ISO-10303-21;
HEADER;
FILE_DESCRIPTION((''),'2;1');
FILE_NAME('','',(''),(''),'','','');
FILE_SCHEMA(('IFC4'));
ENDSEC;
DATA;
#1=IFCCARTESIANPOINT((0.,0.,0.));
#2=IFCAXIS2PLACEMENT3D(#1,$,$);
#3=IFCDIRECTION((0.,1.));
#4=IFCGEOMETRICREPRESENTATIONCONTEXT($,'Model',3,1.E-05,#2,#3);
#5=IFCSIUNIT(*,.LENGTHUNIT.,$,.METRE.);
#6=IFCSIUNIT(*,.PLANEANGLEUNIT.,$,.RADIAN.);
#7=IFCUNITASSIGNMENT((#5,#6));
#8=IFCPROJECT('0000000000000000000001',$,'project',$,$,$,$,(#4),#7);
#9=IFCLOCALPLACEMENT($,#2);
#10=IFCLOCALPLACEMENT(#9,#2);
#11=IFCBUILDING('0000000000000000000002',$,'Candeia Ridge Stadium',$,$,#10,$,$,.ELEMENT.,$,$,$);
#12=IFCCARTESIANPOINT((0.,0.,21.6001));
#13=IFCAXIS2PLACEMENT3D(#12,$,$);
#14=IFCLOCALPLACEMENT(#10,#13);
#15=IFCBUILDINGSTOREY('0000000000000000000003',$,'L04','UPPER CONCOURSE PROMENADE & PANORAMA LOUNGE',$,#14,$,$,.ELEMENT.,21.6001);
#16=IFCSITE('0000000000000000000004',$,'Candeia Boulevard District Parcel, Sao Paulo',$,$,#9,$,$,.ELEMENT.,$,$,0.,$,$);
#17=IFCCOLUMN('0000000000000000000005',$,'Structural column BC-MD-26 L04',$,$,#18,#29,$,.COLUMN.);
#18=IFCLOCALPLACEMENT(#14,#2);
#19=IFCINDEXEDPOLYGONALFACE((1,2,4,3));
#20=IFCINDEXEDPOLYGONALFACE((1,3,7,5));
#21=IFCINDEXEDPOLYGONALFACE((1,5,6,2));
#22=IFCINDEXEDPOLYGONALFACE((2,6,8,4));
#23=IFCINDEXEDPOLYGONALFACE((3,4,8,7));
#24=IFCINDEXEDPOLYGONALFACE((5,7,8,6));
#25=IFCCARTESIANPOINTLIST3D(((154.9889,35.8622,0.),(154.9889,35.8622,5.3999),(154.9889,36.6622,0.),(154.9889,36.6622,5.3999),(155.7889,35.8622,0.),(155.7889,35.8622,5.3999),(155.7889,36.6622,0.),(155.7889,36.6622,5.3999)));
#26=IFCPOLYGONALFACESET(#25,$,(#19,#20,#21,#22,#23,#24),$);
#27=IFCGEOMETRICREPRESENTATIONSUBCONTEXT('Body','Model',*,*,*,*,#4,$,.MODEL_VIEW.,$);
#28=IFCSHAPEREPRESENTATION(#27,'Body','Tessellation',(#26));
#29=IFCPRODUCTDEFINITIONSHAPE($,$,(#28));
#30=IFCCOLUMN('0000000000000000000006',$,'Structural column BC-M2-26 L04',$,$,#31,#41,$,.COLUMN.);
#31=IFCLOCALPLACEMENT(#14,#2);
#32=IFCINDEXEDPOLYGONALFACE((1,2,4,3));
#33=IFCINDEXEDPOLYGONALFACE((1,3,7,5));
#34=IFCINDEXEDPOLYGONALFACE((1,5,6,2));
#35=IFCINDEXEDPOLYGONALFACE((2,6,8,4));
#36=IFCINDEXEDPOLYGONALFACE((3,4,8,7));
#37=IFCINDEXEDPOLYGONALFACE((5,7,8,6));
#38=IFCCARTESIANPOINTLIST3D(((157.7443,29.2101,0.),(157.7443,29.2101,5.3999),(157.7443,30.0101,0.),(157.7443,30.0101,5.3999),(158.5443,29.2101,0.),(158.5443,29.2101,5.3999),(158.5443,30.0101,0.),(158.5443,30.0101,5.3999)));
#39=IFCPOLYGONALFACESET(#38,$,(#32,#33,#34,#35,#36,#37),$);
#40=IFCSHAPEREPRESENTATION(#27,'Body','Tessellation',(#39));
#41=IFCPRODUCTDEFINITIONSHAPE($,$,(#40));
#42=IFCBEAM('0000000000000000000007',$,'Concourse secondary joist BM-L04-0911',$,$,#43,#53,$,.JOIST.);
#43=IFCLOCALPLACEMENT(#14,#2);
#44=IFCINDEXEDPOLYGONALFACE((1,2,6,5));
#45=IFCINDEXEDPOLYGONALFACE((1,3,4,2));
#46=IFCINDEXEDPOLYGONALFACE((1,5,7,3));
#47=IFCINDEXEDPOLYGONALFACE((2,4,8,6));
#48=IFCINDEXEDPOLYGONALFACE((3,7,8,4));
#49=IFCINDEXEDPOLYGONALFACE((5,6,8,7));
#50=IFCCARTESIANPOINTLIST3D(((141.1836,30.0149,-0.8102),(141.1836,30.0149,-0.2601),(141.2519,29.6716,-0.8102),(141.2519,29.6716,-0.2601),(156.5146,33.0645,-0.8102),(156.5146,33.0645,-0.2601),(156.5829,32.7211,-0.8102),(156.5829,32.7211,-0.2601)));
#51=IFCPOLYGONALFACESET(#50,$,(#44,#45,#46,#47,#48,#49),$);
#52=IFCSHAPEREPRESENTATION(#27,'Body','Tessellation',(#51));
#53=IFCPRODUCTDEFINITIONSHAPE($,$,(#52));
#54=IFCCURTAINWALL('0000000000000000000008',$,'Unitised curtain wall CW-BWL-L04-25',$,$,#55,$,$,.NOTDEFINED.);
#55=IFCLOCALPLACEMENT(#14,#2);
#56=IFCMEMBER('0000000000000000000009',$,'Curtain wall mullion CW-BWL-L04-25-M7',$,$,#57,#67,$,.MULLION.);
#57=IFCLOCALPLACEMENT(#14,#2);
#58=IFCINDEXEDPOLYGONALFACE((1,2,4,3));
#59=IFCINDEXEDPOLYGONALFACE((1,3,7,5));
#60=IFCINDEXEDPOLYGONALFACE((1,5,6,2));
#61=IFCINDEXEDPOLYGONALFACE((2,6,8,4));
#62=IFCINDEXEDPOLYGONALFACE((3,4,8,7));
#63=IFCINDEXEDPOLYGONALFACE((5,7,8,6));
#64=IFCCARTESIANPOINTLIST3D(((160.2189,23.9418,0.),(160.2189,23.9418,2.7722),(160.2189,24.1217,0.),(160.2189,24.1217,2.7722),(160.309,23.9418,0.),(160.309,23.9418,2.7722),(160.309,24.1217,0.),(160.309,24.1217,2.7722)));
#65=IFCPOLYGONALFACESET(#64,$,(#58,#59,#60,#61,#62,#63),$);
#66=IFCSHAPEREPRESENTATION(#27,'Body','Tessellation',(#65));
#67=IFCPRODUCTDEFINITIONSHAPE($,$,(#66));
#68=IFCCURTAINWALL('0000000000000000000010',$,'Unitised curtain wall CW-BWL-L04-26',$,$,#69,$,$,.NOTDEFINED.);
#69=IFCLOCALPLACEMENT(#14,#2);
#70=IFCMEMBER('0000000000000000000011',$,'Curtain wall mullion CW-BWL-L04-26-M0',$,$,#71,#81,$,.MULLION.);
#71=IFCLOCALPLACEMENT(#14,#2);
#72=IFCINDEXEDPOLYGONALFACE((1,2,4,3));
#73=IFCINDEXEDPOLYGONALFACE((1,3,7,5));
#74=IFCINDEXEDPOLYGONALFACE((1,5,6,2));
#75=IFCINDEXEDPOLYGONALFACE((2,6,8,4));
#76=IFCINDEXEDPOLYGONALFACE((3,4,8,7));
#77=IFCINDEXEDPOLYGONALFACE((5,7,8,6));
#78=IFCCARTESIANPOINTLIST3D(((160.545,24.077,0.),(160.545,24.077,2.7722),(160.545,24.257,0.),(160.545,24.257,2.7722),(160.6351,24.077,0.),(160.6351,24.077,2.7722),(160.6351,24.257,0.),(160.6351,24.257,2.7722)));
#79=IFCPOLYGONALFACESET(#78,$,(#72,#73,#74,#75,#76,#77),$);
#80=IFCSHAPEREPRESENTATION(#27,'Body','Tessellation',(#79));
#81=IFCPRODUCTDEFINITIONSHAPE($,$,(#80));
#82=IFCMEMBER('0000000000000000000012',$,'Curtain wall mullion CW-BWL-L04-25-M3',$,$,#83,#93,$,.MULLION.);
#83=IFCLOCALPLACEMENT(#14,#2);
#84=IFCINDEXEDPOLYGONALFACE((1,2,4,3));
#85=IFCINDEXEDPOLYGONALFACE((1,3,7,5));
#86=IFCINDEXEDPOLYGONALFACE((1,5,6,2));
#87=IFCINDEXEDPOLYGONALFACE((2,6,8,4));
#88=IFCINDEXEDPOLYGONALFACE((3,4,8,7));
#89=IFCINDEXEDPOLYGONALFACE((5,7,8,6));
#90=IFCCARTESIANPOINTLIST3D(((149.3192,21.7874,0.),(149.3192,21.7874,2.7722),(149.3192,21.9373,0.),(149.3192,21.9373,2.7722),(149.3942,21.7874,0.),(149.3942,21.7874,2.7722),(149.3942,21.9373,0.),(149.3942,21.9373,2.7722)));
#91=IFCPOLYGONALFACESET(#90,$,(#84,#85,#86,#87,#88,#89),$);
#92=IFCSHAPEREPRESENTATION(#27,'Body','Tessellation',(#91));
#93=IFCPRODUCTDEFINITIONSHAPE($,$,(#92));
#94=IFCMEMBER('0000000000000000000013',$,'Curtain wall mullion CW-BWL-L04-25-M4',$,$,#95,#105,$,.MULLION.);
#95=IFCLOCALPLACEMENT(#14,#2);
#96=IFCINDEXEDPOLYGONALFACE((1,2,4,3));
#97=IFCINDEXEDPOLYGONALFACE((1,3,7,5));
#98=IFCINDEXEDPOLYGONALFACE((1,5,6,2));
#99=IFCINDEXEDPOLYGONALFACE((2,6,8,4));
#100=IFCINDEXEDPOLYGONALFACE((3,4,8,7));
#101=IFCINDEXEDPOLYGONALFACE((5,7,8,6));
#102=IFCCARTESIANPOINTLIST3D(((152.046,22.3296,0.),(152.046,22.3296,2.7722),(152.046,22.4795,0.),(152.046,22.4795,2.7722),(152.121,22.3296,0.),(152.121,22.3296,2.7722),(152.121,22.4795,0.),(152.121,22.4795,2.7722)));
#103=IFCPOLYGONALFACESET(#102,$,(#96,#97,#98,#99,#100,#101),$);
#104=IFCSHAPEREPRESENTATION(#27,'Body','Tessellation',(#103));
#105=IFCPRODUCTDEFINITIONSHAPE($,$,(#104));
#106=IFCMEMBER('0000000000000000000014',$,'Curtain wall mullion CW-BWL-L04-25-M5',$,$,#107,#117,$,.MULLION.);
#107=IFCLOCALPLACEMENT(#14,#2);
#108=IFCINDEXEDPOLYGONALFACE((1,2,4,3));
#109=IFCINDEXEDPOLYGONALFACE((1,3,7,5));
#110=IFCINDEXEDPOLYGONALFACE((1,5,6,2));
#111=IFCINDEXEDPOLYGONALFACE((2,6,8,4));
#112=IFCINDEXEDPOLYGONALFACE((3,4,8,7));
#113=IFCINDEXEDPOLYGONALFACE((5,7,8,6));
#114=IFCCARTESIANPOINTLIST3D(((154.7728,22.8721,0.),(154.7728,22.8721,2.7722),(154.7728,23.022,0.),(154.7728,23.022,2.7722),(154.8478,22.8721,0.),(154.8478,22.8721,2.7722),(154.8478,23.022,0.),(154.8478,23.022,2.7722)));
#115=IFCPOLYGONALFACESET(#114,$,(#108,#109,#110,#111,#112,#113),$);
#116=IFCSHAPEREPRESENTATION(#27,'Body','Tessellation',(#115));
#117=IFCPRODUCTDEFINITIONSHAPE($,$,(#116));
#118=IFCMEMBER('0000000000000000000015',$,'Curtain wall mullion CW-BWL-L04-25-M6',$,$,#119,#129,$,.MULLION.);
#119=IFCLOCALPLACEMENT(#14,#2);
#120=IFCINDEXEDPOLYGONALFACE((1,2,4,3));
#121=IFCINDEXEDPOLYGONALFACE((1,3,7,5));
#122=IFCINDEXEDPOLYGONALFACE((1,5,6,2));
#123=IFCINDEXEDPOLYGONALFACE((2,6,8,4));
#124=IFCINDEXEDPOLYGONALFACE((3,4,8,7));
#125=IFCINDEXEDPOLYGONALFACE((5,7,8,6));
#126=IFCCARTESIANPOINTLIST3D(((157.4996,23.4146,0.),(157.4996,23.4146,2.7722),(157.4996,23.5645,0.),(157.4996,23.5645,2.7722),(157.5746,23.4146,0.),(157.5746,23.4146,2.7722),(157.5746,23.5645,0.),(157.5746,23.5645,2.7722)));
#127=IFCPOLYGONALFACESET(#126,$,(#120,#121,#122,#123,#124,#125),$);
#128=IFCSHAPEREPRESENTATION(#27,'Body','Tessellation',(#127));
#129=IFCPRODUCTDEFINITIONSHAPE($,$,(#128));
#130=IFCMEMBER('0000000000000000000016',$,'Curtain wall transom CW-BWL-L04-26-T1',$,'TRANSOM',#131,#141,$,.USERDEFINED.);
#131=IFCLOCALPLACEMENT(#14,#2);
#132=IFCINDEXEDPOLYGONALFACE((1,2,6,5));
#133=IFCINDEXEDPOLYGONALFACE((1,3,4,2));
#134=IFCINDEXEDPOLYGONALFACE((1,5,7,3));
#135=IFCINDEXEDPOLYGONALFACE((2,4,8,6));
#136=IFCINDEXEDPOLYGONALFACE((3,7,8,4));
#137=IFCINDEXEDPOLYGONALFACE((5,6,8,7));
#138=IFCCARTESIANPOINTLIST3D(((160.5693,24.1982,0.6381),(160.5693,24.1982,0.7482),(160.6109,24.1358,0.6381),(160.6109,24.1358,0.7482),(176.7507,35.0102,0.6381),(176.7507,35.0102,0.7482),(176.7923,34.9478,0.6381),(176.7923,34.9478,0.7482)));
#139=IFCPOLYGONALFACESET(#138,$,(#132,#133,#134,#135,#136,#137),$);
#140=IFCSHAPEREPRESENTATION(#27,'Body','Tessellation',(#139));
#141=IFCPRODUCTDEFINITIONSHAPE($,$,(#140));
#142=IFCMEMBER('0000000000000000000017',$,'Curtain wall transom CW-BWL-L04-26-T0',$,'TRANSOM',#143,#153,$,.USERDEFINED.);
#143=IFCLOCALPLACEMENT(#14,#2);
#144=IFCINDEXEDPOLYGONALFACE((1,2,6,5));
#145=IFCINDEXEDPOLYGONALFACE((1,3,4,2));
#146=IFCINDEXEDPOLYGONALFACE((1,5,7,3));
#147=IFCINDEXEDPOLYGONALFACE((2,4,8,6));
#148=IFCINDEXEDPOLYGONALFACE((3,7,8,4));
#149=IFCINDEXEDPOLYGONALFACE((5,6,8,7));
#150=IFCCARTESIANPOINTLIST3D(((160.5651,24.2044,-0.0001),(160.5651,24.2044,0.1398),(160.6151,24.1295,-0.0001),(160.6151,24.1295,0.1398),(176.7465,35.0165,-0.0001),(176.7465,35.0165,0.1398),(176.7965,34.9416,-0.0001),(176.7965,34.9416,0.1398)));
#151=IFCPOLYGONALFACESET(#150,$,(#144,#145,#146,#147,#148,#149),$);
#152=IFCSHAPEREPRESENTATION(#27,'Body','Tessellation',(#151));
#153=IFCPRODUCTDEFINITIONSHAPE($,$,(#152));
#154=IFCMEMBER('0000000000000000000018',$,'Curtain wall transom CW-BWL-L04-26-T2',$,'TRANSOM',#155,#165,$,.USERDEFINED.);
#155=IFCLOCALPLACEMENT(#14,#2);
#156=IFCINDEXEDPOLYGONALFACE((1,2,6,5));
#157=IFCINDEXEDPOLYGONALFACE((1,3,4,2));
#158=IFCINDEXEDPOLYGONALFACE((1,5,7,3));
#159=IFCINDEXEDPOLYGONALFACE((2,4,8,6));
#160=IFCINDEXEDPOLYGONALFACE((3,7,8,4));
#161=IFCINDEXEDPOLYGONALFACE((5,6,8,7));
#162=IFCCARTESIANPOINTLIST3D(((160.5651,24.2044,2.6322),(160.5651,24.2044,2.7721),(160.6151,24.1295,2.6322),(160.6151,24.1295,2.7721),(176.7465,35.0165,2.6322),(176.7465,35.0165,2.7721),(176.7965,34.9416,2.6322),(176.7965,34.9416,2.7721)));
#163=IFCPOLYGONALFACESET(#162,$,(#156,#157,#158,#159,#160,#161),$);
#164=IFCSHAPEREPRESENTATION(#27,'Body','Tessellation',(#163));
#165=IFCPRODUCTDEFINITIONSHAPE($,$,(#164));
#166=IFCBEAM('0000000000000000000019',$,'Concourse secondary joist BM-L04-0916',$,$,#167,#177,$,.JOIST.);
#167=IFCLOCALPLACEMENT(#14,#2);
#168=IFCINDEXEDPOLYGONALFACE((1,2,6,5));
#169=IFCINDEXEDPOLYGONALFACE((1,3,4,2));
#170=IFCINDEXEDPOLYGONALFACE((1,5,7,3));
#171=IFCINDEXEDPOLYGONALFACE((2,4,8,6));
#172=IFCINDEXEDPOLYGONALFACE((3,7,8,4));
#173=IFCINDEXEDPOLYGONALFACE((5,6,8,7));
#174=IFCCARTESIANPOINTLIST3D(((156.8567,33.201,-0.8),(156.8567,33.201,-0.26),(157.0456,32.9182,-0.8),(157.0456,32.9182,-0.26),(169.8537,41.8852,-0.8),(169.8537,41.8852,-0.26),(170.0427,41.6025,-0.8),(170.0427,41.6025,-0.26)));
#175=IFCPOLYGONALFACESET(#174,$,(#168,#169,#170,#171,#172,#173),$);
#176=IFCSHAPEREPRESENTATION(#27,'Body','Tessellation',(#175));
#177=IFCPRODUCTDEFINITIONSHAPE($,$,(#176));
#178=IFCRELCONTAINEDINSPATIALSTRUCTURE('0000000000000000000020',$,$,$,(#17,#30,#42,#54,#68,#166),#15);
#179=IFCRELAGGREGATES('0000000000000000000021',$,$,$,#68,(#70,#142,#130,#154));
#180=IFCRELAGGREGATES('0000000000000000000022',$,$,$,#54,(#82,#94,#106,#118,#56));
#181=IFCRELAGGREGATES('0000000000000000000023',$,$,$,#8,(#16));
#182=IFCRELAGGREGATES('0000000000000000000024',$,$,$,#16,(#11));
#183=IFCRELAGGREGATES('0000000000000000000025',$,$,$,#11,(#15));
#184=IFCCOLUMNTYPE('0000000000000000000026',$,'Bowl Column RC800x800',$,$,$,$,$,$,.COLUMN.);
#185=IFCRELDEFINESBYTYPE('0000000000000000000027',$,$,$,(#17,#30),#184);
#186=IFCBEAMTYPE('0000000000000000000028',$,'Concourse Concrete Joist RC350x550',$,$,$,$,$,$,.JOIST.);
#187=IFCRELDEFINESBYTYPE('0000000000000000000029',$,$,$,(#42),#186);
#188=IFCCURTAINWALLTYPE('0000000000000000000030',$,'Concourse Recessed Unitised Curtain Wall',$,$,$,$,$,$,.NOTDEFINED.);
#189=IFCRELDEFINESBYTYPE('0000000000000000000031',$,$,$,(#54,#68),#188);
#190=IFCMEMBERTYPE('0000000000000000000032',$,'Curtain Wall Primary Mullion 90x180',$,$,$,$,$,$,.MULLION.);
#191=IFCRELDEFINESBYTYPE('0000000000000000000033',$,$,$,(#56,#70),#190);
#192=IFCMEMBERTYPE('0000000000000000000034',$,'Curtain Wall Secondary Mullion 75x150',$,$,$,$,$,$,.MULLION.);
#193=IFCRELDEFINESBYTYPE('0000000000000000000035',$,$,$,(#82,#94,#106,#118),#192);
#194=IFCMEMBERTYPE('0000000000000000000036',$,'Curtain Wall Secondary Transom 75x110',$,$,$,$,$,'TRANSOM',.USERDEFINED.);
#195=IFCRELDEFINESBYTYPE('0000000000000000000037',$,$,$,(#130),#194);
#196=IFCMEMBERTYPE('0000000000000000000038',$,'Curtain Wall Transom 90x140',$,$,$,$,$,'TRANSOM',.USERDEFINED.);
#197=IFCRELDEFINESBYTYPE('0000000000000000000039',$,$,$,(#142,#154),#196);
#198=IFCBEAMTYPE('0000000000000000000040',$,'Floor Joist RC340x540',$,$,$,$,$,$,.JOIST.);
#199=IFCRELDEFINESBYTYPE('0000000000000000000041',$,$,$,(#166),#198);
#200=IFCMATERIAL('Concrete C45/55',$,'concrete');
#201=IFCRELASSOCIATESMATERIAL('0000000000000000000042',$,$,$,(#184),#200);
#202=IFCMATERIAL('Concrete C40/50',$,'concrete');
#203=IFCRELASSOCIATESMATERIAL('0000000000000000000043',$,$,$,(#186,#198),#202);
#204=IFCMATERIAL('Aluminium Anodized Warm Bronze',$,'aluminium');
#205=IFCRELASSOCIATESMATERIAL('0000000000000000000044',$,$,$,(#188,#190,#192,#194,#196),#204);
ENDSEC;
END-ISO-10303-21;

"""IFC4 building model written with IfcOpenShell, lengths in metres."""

from ifc_helpers import new_model, si_unit, direction, frame, origin, origin_2d, place, context, subcontext, project, spatial, rectangle, extrude, material, material_profile, profile_set, type_object, element, aggregate, save


model = new_model("IFC4")

# Units and contexts
model_context = context("Model", 3, precision=1e-05, world=origin(), true_north=direction((0.0, 1.0)))
body_context = subcontext(model_context, "Body", "Model", "MODEL_VIEW")
ifc_project = project(units=[si_unit("LENGTHUNIT", "METRE"), si_unit("PLANEANGLEUNIT", "RADIAN")], contexts=[model_context])

# Site, building, storey
site_placement = place(None, origin())
site = spatial("IfcSite", under=ifc_project, at=site_placement, Name="Candeia Boulevard District Parcel, Sao Paulo", CompositionType="ELEMENT", RefElevation=0.0)
building_placement = place(site_placement, origin())
building = spatial("IfcBuilding", under=site, at=building_placement, Name="Candeia Ridge Stadium", CompositionType="ELEMENT")
storey_placement = place(building_placement, frame((0.0, 0.0, 21.6001)))
storey = spatial("IfcBuildingStorey", under=building, at=storey_placement, Name="L04", Description="UPPER CONCOURSE PROMENADE & PANORAMA LOUNGE", CompositionType="ELEMENT", Elevation=21.6001)

# Columns
ifc_material_1 = material(Name="Concrete C45/55", Category="concrete")
ifc_material_profile_1 = material_profile(ifc_material_1, rectangle(XDim=0.8, YDim=0.8, at=origin_2d()), Name="RC800x800", Category="concrete")
ifc_profile_set_1 = profile_set([ifc_material_profile_1], Name="Concrete C45/55")
column_type = type_object("IfcColumnType", Name="Bowl Column RC800x800", PredefinedType="COLUMN", material=ifc_profile_set_1)
for number, where, z_axis, x_axis, name in (
    (1, (155.3889, 36.2622, 0.0), (0.0, 0.0, 1.0), (1.0, 0.0, 0.0), "Structural column BC-MD-26 L04"),
    (2, (158.1443, 29.6101, 0.0), (0.0, 0.0, 1.0), (1.0, 0.0, 0.0), "Structural column BC-M2-26 L04"),
):
    element("IfcColumn", number, at=place(storey_placement, frame(where, z_axis=z_axis, x_axis=x_axis)), inside=storey, type_object=column_type, Name=name, PredefinedType="COLUMN", context=body_context, shape_type="SweptSolid", body=[
        extrude(rectangle(XDim=0.8, YDim=0.8, at=origin_2d()), origin(), (0.0, 0.0, 1.0), 5.3999),
    ])

# Beam
ifc_material_2 = material(Name="Concrete C40/50", Category="concrete")
ifc_material_profile_2 = material_profile(ifc_material_2, rectangle(XDim=0.3501, YDim=0.55, at=origin_2d()), Name="RC350x550", Category="concrete")
ifc_profile_set_2 = profile_set([ifc_material_profile_2], Name="Concrete C40/50")
beam_type_1 = type_object("IfcBeamType", Name="Concourse Concrete Joist RC350x550", PredefinedType="JOIST", material=ifc_profile_set_2)
beam_1_placement = place(storey_placement, frame((141.2178, 29.8433, -0.5352), z_axis=(0.980785, 0.195092, 0.0), x_axis=(-0.195092, 0.980785, 0.0)))
element("IfcBeam", 3, at=beam_1_placement, inside=storey, type_object=beam_type_1, Name="Concourse secondary joist BM-L04-0911", PredefinedType="JOIST", context=body_context, shape_type="SweptSolid", body=[
    extrude(rectangle(XDim=0.3501, YDim=0.55, at=origin_2d()), origin(), (0.0, 0.0, 1.0), 15.6313),
])

# Curtain walls, members
ifc_material_3 = material(Name="Aluminium Anodized Warm Bronze", Category="aluminium")
curtain_wall_type = type_object("IfcCurtainWallType", Name="Concourse Recessed Unitised Curtain Wall", PredefinedType="NOTDEFINED", material=ifc_material_3)
curtain_wall_1_placement = place(storey_placement, origin())
curtain_wall_1 = element("IfcCurtainWall", 4, at=curtain_wall_1_placement, inside=storey, type_object=curtain_wall_type, Name="Unitised curtain wall CW-BWL-L04-25", PredefinedType="NOTDEFINED")
ifc_material_profile_3 = material_profile(ifc_material_3, rectangle(XDim=0.0901, YDim=0.1799, at=origin_2d()), Name="CWM-90x180", Category="aluminium")
ifc_profile_set_3 = profile_set([ifc_material_profile_3], Name="Aluminium Anodized Warm Bronze")
member_type_1 = type_object("IfcMemberType", Name="Curtain Wall Primary Mullion 90x180", PredefinedType="MULLION", material=ifc_profile_set_3)
member_1_placement = place(storey_placement, frame((160.2639, 24.0317, 0.0), z_axis=(0.0, 0.0, 1.0), x_axis=(1.0, 0.0, 0.0)))
member_1 = element("IfcMember", 5, at=member_1_placement, type_object=member_type_1, Name="Curtain wall mullion CW-BWL-L04-25-M7", PredefinedType="MULLION", context=body_context, shape_type="SweptSolid", body=[
    extrude(rectangle(XDim=0.0901, YDim=0.1799, at=origin_2d()), origin(), (0.0, 0.0, 1.0), 2.7722),
])
curtain_wall_2_placement = place(storey_placement, origin())
curtain_wall_2 = element("IfcCurtainWall", 6, at=curtain_wall_2_placement, inside=storey, type_object=curtain_wall_type, Name="Unitised curtain wall CW-BWL-L04-26", PredefinedType="NOTDEFINED")
member_2_placement = place(storey_placement, frame((160.5901, 24.167, 0.0), z_axis=(0.0, 0.0, 1.0), x_axis=(1.0, 0.0, 0.0)))
member_2 = element("IfcMember", 7, at=member_2_placement, type_object=member_type_1, Name="Curtain wall mullion CW-BWL-L04-26-M0", PredefinedType="MULLION", context=body_context, shape_type="SweptSolid", body=[
    extrude(rectangle(XDim=0.0901, YDim=0.1799, at=origin_2d()), origin(), (0.0, 0.0, 1.0), 2.7722),
])

# Members
ifc_material_profile_4 = material_profile(ifc_material_3, rectangle(XDim=0.075, YDim=0.1499, at=origin_2d()), Name="CWM-75x150", Category="aluminium")
ifc_profile_set_4 = profile_set([ifc_material_profile_4], Name="Aluminium Anodized Warm Bronze")
member_type_2 = type_object("IfcMemberType", Name="Curtain Wall Secondary Mullion 75x150", PredefinedType="MULLION", material=ifc_profile_set_4)
member_3_placement = place(storey_placement, frame((149.3567, 21.8623, 0.0), z_axis=(0.0, 0.0, 1.0), x_axis=(1.0, 0.0, 0.0)))
member_3 = element("IfcMember", 8, at=member_3_placement, type_object=member_type_2, Name="Curtain wall mullion CW-BWL-L04-25-M3", PredefinedType="MULLION", context=body_context, shape_type="SweptSolid", body=[
    extrude(rectangle(XDim=0.075, YDim=0.1499, at=origin_2d()), origin(), (0.0, 0.0, 1.0), 2.7722),
])
member_4_placement = place(storey_placement, frame((152.0835, 22.4045, 0.0), z_axis=(0.0, 0.0, 1.0), x_axis=(1.0, 0.0, 0.0)))
member_4 = element("IfcMember", 9, at=member_4_placement, type_object=member_type_2, Name="Curtain wall mullion CW-BWL-L04-25-M4", PredefinedType="MULLION", context=body_context, shape_type="SweptSolid", body=[
    extrude(rectangle(XDim=0.075, YDim=0.1499, at=origin_2d()), origin(), (0.0, 0.0, 1.0), 2.7722),
])
member_5_placement = place(storey_placement, frame((154.8103, 22.947, 0.0), z_axis=(0.0, 0.0, 1.0), x_axis=(1.0, 0.0, 0.0)))
member_5 = element("IfcMember", 10, at=member_5_placement, type_object=member_type_2, Name="Curtain wall mullion CW-BWL-L04-25-M5", PredefinedType="MULLION", context=body_context, shape_type="SweptSolid", body=[
    extrude(rectangle(XDim=0.075, YDim=0.1499, at=origin_2d()), origin(), (0.0, 0.0, 1.0), 2.7722),
])
member_6_placement = place(storey_placement, frame((157.5371, 23.4895, 0.0), z_axis=(0.0, 0.0, 1.0), x_axis=(1.0, 0.0, 0.0)))
member_6 = element("IfcMember", 11, at=member_6_placement, type_object=member_type_2, Name="Curtain wall mullion CW-BWL-L04-25-M6", PredefinedType="MULLION", context=body_context, shape_type="SweptSolid", body=[
    extrude(rectangle(XDim=0.075, YDim=0.1499, at=origin_2d()), origin(), (0.0, 0.0, 1.0), 2.7722),
])
ifc_material_profile_5 = material_profile(ifc_material_3, rectangle(XDim=0.075, YDim=0.1101, at=origin_2d()), Name="CWT-75x110", Category="aluminium")
ifc_profile_set_5 = profile_set([ifc_material_profile_5], Name="Aluminium Anodized Warm Bronze")
member_type_3 = type_object("IfcMemberType", Name="Curtain Wall Secondary Transom 75x110", ElementType="TRANSOM", PredefinedType="USERDEFINED", material=ifc_profile_set_5)
member_7_placement = place(storey_placement, frame((160.5901, 24.167, 0.6931), z_axis=(0.831471, 0.555568, 0.0), x_axis=(-0.555568, 0.831471, 0.0)))
member_7 = element("IfcMember", 12, at=member_7_placement, type_object=member_type_3, Name="Curtain wall transom CW-BWL-L04-26-T1", ObjectType="TRANSOM", PredefinedType="USERDEFINED", context=body_context, shape_type="SweptSolid", body=[
    extrude(rectangle(XDim=0.075, YDim=0.1101, at=origin_2d()), origin(), (0.0, 0.0, 1.0), 19.4612),
])
ifc_material_profile_6 = material_profile(ifc_material_3, rectangle(XDim=0.0901, YDim=0.1399, at=origin_2d()), Name="CWT-90x140", Category="aluminium")
ifc_profile_set_6 = profile_set([ifc_material_profile_6], Name="Aluminium Anodized Warm Bronze")
member_type_4 = type_object("IfcMemberType", Name="Curtain Wall Transom 90x140", ElementType="TRANSOM", PredefinedType="USERDEFINED", material=ifc_profile_set_6)
member_8_placement = place(storey_placement, frame((160.5901, 24.167, 0.0698), z_axis=(0.831471, 0.555568, 0.0), x_axis=(-0.555568, 0.831471, 0.0)))
member_8 = element("IfcMember", 13, at=member_8_placement, type_object=member_type_4, Name="Curtain wall transom CW-BWL-L04-26-T0", ObjectType="TRANSOM", PredefinedType="USERDEFINED", context=body_context, shape_type="SweptSolid", body=[
    extrude(rectangle(XDim=0.0901, YDim=0.1399, at=origin_2d()), origin(), (0.0, 0.0, 1.0), 19.4612),
])
member_9_placement = place(storey_placement, frame((160.5901, 24.167, 2.7021), z_axis=(0.831471, 0.555568, 0.0), x_axis=(-0.555568, 0.831471, 0.0)))
member_9 = element("IfcMember", 14, at=member_9_placement, type_object=member_type_4, Name="Curtain wall transom CW-BWL-L04-26-T2", ObjectType="TRANSOM", PredefinedType="USERDEFINED", context=body_context, shape_type="SweptSolid", body=[
    extrude(rectangle(XDim=0.0901, YDim=0.1399, at=origin_2d()), origin(), (0.0, 0.0, 1.0), 19.4612),
])
aggregate(curtain_wall_2, [member_2, member_8, member_7, member_9])

# Beam
ifc_material_profile_7 = material_profile(ifc_material_2, rectangle(XDim=0.3401, YDim=0.54, at=origin_2d()), Name="RC340x540", Category="concrete")
ifc_profile_set_7 = profile_set([ifc_material_profile_7], Name="Concrete C40/50")
beam_type_2 = type_object("IfcBeamType", Name="Floor Joist RC340x540", PredefinedType="JOIST", material=ifc_profile_set_7)
beam_2_placement = place(storey_placement, frame((156.9512, 33.0596, -0.53), z_axis=(0.831471, 0.555569, 0.0), x_axis=(-0.555569, 0.831471, 0.0)))
element("IfcBeam", 15, at=beam_2_placement, inside=storey, type_object=beam_type_2, Name="Concourse secondary joist BM-L04-0916", PredefinedType="JOIST", context=body_context, shape_type="SweptSolid", body=[
    extrude(rectangle(XDim=0.3401, YDim=0.54, at=origin_2d()), origin(), (0.0, 0.0, 1.0), 15.6313),
])

aggregate(curtain_wall_1, [member_3, member_4, member_5, member_6, member_1])

save(model, "model.ifc")
